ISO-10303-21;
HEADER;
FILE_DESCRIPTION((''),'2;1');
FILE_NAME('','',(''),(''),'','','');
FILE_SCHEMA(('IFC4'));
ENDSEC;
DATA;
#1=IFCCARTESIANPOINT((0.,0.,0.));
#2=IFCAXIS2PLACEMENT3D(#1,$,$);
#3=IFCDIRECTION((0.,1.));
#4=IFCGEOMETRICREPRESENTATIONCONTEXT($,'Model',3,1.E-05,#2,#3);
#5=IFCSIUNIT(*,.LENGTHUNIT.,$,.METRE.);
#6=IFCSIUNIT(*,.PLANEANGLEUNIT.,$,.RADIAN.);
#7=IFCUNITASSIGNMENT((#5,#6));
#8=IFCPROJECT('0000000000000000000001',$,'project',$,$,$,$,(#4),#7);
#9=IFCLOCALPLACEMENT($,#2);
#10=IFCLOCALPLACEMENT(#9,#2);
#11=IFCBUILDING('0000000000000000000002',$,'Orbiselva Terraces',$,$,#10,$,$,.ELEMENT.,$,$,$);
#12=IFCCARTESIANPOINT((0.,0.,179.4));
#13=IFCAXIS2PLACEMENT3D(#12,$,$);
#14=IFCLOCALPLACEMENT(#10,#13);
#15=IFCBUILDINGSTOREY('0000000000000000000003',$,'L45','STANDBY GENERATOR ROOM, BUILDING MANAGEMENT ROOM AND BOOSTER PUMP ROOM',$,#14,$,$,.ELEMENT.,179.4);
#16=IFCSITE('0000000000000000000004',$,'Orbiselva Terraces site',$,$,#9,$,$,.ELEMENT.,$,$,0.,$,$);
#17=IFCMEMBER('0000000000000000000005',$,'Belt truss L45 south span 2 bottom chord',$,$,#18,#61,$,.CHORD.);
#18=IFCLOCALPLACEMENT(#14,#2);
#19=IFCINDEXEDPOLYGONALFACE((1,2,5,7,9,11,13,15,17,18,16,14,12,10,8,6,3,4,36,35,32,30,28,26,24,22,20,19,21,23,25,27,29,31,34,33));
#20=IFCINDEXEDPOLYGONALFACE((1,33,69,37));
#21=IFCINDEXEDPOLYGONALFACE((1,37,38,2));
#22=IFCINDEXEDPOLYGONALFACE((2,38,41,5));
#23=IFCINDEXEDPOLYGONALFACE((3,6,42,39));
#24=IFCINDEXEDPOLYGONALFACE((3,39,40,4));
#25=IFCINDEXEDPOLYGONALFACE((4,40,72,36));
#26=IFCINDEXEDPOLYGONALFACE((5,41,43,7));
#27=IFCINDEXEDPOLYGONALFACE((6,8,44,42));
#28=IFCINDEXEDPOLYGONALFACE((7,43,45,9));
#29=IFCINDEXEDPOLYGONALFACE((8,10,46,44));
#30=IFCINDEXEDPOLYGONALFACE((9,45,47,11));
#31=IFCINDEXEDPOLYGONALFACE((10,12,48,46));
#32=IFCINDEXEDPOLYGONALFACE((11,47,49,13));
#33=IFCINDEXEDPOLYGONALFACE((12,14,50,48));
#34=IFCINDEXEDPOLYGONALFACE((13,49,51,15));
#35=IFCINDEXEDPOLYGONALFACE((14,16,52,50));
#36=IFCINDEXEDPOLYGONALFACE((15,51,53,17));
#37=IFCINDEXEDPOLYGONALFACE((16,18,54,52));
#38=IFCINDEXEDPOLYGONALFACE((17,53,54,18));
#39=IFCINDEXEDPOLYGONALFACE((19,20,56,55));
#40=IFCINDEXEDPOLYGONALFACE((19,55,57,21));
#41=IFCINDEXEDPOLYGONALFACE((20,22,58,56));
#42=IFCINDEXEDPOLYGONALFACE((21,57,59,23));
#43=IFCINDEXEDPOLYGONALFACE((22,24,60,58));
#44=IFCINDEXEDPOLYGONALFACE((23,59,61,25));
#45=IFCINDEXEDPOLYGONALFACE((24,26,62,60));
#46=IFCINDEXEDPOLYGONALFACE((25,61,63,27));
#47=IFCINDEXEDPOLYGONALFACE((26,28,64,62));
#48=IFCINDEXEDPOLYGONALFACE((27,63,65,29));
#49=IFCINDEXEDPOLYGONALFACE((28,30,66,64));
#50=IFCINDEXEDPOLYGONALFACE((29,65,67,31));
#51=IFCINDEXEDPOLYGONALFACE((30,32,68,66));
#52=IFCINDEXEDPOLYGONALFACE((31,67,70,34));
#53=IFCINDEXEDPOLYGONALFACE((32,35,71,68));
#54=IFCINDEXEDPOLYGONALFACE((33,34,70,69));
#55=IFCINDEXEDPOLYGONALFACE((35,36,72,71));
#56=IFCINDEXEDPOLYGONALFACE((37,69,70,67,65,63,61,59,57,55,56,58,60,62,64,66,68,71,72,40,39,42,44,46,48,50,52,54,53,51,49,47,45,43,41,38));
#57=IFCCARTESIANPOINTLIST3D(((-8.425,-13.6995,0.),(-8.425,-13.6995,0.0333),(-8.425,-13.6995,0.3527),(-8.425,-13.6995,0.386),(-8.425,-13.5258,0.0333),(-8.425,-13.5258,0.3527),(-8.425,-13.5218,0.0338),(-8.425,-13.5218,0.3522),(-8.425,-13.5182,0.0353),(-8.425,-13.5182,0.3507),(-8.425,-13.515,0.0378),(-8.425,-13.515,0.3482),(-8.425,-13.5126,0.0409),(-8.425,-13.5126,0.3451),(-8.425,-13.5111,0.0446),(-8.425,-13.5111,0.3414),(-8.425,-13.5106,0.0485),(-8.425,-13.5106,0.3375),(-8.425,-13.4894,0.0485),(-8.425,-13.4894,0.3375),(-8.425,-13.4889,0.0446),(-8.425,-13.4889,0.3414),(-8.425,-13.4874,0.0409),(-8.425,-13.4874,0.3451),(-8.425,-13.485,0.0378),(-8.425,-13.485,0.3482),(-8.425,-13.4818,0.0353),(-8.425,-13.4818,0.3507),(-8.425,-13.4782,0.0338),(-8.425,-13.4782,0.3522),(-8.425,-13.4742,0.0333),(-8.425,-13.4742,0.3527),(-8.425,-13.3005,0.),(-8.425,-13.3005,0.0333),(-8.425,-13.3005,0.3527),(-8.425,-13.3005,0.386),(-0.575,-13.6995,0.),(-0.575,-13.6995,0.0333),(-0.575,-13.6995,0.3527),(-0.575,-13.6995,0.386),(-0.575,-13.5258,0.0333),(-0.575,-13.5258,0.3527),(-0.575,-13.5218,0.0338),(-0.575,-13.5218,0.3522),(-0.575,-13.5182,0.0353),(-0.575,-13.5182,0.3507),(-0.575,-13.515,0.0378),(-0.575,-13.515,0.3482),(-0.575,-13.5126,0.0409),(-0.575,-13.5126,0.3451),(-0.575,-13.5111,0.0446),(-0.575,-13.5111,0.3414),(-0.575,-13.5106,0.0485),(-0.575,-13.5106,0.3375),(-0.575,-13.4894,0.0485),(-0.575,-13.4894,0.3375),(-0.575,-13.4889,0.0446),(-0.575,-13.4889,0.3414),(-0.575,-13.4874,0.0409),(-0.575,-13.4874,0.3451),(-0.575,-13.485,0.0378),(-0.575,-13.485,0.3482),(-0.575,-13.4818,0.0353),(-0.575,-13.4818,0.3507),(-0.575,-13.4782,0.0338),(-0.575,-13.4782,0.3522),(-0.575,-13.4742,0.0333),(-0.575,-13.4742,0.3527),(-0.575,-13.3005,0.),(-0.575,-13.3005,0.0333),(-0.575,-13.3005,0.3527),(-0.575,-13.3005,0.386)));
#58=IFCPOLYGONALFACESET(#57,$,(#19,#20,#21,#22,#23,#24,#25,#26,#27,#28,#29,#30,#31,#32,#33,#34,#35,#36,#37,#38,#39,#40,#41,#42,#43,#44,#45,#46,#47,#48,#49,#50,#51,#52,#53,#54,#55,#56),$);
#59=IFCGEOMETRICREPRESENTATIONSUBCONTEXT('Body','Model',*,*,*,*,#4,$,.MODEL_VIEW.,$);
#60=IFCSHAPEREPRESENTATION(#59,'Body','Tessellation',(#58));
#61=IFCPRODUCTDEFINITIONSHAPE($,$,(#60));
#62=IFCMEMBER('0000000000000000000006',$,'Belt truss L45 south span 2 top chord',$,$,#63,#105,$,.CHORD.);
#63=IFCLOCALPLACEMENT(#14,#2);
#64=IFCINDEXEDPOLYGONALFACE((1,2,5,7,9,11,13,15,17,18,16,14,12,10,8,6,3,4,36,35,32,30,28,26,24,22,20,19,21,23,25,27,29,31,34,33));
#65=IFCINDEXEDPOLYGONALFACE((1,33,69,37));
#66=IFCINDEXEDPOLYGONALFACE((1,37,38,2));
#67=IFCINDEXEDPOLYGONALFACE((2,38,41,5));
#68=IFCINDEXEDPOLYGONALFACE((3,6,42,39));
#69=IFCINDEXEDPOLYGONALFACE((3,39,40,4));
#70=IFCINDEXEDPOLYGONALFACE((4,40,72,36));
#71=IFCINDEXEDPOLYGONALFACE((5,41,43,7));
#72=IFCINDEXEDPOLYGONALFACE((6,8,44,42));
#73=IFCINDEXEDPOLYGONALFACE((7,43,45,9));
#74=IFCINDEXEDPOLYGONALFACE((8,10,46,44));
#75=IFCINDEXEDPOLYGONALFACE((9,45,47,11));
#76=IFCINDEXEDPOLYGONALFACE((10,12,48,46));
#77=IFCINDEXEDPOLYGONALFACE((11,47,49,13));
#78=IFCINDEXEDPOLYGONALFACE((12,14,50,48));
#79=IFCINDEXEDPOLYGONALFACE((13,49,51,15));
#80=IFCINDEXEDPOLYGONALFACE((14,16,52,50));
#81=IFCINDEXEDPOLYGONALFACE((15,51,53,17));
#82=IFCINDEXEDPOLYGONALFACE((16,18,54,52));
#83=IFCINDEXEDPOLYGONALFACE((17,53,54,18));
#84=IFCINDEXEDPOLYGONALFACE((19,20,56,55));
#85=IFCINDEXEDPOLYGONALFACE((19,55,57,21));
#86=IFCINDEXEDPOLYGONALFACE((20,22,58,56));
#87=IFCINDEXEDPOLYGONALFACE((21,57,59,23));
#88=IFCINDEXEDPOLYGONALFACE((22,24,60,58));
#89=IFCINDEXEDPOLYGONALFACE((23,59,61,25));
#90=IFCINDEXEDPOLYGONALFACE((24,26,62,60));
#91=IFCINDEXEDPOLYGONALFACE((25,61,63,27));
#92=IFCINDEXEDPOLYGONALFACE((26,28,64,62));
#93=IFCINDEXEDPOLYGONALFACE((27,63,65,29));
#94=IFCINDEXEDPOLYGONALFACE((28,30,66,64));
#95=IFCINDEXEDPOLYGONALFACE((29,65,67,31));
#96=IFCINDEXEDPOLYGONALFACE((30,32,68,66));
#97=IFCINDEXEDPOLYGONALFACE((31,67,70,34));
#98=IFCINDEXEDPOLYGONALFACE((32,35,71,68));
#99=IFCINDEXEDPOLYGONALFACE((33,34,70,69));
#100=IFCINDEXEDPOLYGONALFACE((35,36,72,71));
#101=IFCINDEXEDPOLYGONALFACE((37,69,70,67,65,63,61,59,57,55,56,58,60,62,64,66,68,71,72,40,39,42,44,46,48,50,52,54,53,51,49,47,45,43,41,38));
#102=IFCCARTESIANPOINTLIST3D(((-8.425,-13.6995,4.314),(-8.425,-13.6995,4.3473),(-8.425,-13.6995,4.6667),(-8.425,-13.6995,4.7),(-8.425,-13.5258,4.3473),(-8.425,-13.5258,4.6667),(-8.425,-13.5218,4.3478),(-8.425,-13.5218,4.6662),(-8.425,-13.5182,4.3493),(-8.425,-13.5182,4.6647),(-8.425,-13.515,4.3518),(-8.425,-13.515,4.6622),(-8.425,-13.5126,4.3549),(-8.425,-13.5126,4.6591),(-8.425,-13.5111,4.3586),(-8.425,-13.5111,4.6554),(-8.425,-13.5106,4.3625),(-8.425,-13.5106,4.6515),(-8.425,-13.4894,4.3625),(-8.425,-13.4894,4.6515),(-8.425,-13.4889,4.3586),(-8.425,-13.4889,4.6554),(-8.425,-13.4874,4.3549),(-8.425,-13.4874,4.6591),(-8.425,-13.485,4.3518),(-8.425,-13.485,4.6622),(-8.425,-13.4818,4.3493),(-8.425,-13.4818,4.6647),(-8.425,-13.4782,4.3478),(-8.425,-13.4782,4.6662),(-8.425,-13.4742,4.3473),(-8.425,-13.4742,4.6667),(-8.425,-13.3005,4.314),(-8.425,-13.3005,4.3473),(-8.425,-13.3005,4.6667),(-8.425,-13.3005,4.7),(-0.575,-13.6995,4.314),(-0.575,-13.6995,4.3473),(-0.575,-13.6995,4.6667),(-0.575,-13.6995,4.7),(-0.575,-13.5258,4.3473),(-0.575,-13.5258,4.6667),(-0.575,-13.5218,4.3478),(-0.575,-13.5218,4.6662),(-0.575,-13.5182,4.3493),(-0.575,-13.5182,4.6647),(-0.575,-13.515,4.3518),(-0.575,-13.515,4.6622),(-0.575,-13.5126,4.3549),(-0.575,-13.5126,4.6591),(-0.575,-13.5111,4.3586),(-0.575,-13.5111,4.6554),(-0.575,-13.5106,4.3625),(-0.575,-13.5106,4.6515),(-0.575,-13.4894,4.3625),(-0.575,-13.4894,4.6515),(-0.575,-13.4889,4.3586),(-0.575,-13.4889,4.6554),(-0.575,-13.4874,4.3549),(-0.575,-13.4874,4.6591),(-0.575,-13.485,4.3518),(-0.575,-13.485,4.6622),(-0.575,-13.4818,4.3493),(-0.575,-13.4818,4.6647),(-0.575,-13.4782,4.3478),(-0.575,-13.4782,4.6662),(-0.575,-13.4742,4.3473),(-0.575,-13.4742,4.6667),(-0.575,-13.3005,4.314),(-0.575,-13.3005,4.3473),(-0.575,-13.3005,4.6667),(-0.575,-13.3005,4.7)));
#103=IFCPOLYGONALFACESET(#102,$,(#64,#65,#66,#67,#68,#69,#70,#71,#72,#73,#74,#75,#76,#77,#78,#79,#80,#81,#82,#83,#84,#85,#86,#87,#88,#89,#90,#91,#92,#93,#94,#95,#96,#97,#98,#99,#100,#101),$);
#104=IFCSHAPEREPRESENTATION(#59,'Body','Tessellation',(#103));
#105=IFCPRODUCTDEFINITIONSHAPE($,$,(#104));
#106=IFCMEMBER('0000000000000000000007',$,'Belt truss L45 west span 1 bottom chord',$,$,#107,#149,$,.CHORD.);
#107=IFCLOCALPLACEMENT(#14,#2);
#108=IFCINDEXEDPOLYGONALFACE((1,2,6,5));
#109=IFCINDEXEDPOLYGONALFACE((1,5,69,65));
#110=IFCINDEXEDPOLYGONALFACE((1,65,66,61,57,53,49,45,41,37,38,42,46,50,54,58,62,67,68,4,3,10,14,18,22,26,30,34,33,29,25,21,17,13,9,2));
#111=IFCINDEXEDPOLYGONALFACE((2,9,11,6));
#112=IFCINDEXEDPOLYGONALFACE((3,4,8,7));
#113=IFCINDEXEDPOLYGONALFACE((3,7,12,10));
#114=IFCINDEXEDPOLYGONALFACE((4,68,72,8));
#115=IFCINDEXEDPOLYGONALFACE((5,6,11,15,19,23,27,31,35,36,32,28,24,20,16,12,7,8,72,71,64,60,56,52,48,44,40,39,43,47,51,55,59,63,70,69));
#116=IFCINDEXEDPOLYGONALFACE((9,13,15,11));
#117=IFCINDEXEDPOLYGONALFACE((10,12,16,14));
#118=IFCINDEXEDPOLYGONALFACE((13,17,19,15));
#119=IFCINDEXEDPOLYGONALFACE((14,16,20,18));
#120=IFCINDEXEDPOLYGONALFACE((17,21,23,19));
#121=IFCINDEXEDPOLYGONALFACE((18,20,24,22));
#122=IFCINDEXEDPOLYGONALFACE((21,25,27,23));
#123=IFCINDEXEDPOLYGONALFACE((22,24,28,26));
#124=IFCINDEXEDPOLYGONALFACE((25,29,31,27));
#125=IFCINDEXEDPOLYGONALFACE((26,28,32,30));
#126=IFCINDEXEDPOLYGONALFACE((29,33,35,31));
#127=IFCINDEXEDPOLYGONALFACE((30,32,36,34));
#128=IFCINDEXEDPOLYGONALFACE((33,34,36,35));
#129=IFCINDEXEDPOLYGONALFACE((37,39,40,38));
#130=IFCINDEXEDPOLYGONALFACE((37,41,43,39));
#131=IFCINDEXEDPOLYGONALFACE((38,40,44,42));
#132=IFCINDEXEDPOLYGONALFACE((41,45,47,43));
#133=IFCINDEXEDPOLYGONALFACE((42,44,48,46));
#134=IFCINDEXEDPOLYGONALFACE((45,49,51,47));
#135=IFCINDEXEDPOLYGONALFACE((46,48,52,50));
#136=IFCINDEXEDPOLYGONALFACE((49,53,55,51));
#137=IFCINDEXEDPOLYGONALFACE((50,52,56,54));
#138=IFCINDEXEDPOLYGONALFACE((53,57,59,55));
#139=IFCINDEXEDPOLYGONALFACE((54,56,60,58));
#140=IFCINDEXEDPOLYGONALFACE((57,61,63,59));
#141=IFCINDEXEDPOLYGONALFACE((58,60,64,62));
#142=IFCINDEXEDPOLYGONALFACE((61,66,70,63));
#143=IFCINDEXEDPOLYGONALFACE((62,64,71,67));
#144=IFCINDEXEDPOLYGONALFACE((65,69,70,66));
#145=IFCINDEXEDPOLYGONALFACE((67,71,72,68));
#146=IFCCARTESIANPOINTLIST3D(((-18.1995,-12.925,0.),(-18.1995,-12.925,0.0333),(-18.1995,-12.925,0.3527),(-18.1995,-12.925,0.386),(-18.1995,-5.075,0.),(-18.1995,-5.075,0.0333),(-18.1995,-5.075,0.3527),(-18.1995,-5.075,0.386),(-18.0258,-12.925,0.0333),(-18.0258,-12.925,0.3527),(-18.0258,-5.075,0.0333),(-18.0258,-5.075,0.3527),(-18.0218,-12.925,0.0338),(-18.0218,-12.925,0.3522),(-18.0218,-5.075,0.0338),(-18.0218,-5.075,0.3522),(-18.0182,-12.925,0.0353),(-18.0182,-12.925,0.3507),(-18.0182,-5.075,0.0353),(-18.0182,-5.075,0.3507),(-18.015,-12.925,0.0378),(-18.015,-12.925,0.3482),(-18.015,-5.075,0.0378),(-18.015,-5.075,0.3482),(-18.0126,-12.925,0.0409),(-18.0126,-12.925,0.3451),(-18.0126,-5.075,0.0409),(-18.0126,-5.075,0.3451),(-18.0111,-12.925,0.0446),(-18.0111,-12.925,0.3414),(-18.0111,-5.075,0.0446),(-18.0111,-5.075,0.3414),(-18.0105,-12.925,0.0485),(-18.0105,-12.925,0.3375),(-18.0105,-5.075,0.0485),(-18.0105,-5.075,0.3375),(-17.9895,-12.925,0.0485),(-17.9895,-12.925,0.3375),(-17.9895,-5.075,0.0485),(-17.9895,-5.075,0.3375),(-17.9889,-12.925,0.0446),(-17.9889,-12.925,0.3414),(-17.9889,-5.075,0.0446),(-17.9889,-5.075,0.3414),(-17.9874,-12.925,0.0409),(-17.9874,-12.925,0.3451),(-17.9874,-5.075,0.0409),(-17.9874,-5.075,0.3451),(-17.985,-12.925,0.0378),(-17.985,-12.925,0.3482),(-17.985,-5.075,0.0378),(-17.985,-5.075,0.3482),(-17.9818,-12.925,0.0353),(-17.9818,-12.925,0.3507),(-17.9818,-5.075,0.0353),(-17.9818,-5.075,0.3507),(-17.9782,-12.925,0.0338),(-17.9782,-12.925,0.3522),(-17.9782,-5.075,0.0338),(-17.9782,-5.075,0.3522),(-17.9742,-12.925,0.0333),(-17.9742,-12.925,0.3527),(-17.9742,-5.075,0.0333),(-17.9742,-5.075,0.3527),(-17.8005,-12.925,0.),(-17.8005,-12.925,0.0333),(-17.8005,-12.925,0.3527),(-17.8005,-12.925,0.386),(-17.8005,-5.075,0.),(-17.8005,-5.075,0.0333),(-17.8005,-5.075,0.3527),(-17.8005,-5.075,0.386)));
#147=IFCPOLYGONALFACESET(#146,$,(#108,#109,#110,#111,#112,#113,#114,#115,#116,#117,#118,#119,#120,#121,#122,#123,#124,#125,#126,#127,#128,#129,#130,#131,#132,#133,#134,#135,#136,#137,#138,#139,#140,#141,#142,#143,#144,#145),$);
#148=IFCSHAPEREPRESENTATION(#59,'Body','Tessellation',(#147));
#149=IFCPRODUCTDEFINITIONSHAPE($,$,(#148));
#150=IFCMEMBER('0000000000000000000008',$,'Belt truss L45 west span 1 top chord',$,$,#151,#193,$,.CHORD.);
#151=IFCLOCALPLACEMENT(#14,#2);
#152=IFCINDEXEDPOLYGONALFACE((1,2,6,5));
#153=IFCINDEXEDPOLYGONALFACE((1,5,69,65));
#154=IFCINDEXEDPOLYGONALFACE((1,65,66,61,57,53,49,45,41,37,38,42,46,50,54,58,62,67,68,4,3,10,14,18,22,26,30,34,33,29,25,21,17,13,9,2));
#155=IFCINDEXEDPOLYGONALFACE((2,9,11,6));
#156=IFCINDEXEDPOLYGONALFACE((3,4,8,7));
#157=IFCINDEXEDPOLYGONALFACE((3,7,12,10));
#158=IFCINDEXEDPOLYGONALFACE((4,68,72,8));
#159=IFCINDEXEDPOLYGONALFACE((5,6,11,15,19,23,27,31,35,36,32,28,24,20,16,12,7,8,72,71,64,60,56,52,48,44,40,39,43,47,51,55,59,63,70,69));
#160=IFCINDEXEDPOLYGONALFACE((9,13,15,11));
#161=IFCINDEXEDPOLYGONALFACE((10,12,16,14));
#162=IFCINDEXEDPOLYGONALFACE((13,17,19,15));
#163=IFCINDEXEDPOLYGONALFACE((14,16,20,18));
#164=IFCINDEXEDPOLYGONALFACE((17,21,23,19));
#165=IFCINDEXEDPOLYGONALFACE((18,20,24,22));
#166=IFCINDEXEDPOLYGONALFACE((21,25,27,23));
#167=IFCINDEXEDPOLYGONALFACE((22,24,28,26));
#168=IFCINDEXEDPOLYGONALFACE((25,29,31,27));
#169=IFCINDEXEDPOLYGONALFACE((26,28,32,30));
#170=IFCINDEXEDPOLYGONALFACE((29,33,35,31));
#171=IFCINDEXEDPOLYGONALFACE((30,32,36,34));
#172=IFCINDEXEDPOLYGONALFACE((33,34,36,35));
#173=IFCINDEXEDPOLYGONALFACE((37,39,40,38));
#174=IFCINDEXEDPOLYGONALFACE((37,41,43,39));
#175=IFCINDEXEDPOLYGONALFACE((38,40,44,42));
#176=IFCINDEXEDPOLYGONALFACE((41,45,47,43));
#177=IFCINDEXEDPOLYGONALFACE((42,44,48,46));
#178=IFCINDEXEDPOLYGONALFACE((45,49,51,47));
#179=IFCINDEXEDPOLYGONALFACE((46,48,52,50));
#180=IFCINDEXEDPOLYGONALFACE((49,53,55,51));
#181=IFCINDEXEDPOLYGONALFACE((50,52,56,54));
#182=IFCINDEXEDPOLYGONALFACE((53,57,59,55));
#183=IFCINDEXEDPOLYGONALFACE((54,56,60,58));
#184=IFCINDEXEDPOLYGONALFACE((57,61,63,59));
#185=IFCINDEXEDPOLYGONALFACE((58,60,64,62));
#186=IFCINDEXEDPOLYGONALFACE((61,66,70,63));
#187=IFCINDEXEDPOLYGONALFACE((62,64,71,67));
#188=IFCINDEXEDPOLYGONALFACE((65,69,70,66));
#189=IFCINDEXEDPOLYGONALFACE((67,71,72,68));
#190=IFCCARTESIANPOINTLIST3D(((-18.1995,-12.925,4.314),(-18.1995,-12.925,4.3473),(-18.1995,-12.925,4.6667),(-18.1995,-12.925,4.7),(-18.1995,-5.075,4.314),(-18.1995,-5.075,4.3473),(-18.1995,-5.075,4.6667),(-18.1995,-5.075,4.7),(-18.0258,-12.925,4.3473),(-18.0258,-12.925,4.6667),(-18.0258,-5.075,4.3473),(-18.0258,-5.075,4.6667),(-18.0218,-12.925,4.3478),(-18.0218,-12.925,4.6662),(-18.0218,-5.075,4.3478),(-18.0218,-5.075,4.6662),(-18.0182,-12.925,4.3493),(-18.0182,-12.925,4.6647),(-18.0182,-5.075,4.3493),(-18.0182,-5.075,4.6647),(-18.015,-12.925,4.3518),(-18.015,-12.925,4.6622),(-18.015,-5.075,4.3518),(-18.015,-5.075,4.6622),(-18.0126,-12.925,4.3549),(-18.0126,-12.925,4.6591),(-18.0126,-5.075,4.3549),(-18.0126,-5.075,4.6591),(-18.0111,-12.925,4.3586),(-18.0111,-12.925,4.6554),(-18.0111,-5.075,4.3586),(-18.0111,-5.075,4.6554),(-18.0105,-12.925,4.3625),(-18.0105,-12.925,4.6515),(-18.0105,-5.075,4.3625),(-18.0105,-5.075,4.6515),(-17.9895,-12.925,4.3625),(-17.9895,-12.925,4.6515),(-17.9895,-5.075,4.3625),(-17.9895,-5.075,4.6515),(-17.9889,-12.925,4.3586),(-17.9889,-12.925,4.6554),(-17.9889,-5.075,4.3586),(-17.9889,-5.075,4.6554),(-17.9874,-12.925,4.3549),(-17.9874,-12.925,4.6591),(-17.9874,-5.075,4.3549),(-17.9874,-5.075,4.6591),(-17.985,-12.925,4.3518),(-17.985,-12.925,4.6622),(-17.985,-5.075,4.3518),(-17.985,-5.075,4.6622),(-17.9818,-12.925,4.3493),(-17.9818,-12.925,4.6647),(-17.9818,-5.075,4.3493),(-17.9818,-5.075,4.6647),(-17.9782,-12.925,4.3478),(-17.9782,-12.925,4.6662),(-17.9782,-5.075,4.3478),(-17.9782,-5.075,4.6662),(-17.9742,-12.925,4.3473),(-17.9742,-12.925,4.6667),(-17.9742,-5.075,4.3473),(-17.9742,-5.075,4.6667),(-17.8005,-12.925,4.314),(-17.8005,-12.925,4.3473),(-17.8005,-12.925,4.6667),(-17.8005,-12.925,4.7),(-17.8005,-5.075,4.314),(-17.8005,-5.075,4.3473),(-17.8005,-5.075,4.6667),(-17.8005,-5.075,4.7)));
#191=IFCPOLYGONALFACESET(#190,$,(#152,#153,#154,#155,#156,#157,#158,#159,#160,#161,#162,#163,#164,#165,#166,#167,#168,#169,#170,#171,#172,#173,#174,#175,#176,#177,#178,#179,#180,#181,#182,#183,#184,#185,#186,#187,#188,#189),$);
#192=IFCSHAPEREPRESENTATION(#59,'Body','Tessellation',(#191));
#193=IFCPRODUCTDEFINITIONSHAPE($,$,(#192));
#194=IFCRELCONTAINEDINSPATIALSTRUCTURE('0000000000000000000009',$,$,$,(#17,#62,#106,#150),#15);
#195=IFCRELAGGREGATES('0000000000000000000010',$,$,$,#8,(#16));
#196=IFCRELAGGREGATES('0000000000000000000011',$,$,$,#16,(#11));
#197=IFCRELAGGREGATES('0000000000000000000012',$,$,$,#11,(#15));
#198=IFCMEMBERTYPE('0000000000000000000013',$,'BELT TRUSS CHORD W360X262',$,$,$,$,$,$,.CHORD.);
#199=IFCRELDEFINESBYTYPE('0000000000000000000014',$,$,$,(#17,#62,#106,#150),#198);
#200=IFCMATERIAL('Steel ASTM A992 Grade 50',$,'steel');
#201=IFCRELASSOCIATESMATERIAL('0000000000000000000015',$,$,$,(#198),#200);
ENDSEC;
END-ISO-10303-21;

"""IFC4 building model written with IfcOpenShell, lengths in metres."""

from ifc_helpers import new_model, si_unit, direction, frame, origin, origin_2d, place, context, subcontext, project, spatial, i_section, extrude, material, material_profile, profile_set, type_object, element, save


model = new_model("IFC4")

# Units and contexts
model_context = context("Model", 3, precision=1e-05, world=origin(), true_north=direction((0.0, 1.0)))
body_context = subcontext(model_context, "Body", "Model", "MODEL_VIEW")
ifc_project = project(units=[si_unit("LENGTHUNIT", "METRE"), si_unit("PLANEANGLEUNIT", "RADIAN")], contexts=[model_context])

# Site, building, storey
site_placement = place(None, origin())
site = spatial("IfcSite", under=ifc_project, at=site_placement, Name="Orbiselva Terraces site", CompositionType="ELEMENT", RefElevation=0.0)
building_placement = place(site_placement, origin())
building = spatial("IfcBuilding", under=site, at=building_placement, Name="Orbiselva Terraces", CompositionType="ELEMENT")
storey_placement = place(building_placement, frame((0.0, 0.0, 179.4)))
storey = spatial("IfcBuildingStorey", under=building, at=storey_placement, Name="L45", Description="STANDBY GENERATOR ROOM, BUILDING MANAGEMENT ROOM AND BOOSTER PUMP ROOM", CompositionType="ELEMENT", Elevation=179.4)

# Members
ifc_material_1 = material(Name="Steel ASTM A992 Grade 50", Category="steel")
ifc_material_profile_1 = material_profile(ifc_material_1, i_section(OverallWidth=0.399, OverallDepth=0.386, WebThickness=0.0211, FlangeThickness=0.0333, FilletRadius=0.0152, at=origin_2d()), Name="W360X262")
ifc_profile_set_1 = profile_set([ifc_material_profile_1], Name="Steel ASTM A992 Grade 50")
member_type_1 = type_object("IfcMemberType", Name="BELT TRUSS CHORD W360X262", PredefinedType="CHORD", material=ifc_profile_set_1)
for number, where, z_axis, x_axis, name in (
    (1, (-8.425, -13.5, 0.193), (1.0, 0.0, 0.0), (0.0, 1.0, 0.0), "Belt truss L45 south span 2 bottom chord"),
    (2, (-8.425, -13.5, 4.507), (1.0, 0.0, 0.0), (0.0, 1.0, 0.0), "Belt truss L45 south span 2 top chord"),
    (3, (-18.0, -12.925, 0.193), (0.0, 1.0, 0.0), (-1.0, 0.0, 0.0), "Belt truss L45 west span 1 bottom chord"),
    (4, (-18.0, -12.925, 4.507), (0.0, 1.0, 0.0), (-1.0, 0.0, 0.0), "Belt truss L45 west span 1 top chord"),
):
    element("IfcMember", number, at=place(storey_placement, frame(where, z_axis=z_axis, x_axis=x_axis)), inside=storey, type_object=member_type_1, Name=name, PredefinedType="CHORD", context=body_context, shape_type="SweptSolid", body=[
        extrude(i_section(OverallWidth=0.399, OverallDepth=0.386, WebThickness=0.0211, FlangeThickness=0.0333, FilletRadius=0.0152, at=origin_2d()), origin(), (0.0, 0.0, 1.0), 7.85),
    ])

save(model, "model.ifc")
